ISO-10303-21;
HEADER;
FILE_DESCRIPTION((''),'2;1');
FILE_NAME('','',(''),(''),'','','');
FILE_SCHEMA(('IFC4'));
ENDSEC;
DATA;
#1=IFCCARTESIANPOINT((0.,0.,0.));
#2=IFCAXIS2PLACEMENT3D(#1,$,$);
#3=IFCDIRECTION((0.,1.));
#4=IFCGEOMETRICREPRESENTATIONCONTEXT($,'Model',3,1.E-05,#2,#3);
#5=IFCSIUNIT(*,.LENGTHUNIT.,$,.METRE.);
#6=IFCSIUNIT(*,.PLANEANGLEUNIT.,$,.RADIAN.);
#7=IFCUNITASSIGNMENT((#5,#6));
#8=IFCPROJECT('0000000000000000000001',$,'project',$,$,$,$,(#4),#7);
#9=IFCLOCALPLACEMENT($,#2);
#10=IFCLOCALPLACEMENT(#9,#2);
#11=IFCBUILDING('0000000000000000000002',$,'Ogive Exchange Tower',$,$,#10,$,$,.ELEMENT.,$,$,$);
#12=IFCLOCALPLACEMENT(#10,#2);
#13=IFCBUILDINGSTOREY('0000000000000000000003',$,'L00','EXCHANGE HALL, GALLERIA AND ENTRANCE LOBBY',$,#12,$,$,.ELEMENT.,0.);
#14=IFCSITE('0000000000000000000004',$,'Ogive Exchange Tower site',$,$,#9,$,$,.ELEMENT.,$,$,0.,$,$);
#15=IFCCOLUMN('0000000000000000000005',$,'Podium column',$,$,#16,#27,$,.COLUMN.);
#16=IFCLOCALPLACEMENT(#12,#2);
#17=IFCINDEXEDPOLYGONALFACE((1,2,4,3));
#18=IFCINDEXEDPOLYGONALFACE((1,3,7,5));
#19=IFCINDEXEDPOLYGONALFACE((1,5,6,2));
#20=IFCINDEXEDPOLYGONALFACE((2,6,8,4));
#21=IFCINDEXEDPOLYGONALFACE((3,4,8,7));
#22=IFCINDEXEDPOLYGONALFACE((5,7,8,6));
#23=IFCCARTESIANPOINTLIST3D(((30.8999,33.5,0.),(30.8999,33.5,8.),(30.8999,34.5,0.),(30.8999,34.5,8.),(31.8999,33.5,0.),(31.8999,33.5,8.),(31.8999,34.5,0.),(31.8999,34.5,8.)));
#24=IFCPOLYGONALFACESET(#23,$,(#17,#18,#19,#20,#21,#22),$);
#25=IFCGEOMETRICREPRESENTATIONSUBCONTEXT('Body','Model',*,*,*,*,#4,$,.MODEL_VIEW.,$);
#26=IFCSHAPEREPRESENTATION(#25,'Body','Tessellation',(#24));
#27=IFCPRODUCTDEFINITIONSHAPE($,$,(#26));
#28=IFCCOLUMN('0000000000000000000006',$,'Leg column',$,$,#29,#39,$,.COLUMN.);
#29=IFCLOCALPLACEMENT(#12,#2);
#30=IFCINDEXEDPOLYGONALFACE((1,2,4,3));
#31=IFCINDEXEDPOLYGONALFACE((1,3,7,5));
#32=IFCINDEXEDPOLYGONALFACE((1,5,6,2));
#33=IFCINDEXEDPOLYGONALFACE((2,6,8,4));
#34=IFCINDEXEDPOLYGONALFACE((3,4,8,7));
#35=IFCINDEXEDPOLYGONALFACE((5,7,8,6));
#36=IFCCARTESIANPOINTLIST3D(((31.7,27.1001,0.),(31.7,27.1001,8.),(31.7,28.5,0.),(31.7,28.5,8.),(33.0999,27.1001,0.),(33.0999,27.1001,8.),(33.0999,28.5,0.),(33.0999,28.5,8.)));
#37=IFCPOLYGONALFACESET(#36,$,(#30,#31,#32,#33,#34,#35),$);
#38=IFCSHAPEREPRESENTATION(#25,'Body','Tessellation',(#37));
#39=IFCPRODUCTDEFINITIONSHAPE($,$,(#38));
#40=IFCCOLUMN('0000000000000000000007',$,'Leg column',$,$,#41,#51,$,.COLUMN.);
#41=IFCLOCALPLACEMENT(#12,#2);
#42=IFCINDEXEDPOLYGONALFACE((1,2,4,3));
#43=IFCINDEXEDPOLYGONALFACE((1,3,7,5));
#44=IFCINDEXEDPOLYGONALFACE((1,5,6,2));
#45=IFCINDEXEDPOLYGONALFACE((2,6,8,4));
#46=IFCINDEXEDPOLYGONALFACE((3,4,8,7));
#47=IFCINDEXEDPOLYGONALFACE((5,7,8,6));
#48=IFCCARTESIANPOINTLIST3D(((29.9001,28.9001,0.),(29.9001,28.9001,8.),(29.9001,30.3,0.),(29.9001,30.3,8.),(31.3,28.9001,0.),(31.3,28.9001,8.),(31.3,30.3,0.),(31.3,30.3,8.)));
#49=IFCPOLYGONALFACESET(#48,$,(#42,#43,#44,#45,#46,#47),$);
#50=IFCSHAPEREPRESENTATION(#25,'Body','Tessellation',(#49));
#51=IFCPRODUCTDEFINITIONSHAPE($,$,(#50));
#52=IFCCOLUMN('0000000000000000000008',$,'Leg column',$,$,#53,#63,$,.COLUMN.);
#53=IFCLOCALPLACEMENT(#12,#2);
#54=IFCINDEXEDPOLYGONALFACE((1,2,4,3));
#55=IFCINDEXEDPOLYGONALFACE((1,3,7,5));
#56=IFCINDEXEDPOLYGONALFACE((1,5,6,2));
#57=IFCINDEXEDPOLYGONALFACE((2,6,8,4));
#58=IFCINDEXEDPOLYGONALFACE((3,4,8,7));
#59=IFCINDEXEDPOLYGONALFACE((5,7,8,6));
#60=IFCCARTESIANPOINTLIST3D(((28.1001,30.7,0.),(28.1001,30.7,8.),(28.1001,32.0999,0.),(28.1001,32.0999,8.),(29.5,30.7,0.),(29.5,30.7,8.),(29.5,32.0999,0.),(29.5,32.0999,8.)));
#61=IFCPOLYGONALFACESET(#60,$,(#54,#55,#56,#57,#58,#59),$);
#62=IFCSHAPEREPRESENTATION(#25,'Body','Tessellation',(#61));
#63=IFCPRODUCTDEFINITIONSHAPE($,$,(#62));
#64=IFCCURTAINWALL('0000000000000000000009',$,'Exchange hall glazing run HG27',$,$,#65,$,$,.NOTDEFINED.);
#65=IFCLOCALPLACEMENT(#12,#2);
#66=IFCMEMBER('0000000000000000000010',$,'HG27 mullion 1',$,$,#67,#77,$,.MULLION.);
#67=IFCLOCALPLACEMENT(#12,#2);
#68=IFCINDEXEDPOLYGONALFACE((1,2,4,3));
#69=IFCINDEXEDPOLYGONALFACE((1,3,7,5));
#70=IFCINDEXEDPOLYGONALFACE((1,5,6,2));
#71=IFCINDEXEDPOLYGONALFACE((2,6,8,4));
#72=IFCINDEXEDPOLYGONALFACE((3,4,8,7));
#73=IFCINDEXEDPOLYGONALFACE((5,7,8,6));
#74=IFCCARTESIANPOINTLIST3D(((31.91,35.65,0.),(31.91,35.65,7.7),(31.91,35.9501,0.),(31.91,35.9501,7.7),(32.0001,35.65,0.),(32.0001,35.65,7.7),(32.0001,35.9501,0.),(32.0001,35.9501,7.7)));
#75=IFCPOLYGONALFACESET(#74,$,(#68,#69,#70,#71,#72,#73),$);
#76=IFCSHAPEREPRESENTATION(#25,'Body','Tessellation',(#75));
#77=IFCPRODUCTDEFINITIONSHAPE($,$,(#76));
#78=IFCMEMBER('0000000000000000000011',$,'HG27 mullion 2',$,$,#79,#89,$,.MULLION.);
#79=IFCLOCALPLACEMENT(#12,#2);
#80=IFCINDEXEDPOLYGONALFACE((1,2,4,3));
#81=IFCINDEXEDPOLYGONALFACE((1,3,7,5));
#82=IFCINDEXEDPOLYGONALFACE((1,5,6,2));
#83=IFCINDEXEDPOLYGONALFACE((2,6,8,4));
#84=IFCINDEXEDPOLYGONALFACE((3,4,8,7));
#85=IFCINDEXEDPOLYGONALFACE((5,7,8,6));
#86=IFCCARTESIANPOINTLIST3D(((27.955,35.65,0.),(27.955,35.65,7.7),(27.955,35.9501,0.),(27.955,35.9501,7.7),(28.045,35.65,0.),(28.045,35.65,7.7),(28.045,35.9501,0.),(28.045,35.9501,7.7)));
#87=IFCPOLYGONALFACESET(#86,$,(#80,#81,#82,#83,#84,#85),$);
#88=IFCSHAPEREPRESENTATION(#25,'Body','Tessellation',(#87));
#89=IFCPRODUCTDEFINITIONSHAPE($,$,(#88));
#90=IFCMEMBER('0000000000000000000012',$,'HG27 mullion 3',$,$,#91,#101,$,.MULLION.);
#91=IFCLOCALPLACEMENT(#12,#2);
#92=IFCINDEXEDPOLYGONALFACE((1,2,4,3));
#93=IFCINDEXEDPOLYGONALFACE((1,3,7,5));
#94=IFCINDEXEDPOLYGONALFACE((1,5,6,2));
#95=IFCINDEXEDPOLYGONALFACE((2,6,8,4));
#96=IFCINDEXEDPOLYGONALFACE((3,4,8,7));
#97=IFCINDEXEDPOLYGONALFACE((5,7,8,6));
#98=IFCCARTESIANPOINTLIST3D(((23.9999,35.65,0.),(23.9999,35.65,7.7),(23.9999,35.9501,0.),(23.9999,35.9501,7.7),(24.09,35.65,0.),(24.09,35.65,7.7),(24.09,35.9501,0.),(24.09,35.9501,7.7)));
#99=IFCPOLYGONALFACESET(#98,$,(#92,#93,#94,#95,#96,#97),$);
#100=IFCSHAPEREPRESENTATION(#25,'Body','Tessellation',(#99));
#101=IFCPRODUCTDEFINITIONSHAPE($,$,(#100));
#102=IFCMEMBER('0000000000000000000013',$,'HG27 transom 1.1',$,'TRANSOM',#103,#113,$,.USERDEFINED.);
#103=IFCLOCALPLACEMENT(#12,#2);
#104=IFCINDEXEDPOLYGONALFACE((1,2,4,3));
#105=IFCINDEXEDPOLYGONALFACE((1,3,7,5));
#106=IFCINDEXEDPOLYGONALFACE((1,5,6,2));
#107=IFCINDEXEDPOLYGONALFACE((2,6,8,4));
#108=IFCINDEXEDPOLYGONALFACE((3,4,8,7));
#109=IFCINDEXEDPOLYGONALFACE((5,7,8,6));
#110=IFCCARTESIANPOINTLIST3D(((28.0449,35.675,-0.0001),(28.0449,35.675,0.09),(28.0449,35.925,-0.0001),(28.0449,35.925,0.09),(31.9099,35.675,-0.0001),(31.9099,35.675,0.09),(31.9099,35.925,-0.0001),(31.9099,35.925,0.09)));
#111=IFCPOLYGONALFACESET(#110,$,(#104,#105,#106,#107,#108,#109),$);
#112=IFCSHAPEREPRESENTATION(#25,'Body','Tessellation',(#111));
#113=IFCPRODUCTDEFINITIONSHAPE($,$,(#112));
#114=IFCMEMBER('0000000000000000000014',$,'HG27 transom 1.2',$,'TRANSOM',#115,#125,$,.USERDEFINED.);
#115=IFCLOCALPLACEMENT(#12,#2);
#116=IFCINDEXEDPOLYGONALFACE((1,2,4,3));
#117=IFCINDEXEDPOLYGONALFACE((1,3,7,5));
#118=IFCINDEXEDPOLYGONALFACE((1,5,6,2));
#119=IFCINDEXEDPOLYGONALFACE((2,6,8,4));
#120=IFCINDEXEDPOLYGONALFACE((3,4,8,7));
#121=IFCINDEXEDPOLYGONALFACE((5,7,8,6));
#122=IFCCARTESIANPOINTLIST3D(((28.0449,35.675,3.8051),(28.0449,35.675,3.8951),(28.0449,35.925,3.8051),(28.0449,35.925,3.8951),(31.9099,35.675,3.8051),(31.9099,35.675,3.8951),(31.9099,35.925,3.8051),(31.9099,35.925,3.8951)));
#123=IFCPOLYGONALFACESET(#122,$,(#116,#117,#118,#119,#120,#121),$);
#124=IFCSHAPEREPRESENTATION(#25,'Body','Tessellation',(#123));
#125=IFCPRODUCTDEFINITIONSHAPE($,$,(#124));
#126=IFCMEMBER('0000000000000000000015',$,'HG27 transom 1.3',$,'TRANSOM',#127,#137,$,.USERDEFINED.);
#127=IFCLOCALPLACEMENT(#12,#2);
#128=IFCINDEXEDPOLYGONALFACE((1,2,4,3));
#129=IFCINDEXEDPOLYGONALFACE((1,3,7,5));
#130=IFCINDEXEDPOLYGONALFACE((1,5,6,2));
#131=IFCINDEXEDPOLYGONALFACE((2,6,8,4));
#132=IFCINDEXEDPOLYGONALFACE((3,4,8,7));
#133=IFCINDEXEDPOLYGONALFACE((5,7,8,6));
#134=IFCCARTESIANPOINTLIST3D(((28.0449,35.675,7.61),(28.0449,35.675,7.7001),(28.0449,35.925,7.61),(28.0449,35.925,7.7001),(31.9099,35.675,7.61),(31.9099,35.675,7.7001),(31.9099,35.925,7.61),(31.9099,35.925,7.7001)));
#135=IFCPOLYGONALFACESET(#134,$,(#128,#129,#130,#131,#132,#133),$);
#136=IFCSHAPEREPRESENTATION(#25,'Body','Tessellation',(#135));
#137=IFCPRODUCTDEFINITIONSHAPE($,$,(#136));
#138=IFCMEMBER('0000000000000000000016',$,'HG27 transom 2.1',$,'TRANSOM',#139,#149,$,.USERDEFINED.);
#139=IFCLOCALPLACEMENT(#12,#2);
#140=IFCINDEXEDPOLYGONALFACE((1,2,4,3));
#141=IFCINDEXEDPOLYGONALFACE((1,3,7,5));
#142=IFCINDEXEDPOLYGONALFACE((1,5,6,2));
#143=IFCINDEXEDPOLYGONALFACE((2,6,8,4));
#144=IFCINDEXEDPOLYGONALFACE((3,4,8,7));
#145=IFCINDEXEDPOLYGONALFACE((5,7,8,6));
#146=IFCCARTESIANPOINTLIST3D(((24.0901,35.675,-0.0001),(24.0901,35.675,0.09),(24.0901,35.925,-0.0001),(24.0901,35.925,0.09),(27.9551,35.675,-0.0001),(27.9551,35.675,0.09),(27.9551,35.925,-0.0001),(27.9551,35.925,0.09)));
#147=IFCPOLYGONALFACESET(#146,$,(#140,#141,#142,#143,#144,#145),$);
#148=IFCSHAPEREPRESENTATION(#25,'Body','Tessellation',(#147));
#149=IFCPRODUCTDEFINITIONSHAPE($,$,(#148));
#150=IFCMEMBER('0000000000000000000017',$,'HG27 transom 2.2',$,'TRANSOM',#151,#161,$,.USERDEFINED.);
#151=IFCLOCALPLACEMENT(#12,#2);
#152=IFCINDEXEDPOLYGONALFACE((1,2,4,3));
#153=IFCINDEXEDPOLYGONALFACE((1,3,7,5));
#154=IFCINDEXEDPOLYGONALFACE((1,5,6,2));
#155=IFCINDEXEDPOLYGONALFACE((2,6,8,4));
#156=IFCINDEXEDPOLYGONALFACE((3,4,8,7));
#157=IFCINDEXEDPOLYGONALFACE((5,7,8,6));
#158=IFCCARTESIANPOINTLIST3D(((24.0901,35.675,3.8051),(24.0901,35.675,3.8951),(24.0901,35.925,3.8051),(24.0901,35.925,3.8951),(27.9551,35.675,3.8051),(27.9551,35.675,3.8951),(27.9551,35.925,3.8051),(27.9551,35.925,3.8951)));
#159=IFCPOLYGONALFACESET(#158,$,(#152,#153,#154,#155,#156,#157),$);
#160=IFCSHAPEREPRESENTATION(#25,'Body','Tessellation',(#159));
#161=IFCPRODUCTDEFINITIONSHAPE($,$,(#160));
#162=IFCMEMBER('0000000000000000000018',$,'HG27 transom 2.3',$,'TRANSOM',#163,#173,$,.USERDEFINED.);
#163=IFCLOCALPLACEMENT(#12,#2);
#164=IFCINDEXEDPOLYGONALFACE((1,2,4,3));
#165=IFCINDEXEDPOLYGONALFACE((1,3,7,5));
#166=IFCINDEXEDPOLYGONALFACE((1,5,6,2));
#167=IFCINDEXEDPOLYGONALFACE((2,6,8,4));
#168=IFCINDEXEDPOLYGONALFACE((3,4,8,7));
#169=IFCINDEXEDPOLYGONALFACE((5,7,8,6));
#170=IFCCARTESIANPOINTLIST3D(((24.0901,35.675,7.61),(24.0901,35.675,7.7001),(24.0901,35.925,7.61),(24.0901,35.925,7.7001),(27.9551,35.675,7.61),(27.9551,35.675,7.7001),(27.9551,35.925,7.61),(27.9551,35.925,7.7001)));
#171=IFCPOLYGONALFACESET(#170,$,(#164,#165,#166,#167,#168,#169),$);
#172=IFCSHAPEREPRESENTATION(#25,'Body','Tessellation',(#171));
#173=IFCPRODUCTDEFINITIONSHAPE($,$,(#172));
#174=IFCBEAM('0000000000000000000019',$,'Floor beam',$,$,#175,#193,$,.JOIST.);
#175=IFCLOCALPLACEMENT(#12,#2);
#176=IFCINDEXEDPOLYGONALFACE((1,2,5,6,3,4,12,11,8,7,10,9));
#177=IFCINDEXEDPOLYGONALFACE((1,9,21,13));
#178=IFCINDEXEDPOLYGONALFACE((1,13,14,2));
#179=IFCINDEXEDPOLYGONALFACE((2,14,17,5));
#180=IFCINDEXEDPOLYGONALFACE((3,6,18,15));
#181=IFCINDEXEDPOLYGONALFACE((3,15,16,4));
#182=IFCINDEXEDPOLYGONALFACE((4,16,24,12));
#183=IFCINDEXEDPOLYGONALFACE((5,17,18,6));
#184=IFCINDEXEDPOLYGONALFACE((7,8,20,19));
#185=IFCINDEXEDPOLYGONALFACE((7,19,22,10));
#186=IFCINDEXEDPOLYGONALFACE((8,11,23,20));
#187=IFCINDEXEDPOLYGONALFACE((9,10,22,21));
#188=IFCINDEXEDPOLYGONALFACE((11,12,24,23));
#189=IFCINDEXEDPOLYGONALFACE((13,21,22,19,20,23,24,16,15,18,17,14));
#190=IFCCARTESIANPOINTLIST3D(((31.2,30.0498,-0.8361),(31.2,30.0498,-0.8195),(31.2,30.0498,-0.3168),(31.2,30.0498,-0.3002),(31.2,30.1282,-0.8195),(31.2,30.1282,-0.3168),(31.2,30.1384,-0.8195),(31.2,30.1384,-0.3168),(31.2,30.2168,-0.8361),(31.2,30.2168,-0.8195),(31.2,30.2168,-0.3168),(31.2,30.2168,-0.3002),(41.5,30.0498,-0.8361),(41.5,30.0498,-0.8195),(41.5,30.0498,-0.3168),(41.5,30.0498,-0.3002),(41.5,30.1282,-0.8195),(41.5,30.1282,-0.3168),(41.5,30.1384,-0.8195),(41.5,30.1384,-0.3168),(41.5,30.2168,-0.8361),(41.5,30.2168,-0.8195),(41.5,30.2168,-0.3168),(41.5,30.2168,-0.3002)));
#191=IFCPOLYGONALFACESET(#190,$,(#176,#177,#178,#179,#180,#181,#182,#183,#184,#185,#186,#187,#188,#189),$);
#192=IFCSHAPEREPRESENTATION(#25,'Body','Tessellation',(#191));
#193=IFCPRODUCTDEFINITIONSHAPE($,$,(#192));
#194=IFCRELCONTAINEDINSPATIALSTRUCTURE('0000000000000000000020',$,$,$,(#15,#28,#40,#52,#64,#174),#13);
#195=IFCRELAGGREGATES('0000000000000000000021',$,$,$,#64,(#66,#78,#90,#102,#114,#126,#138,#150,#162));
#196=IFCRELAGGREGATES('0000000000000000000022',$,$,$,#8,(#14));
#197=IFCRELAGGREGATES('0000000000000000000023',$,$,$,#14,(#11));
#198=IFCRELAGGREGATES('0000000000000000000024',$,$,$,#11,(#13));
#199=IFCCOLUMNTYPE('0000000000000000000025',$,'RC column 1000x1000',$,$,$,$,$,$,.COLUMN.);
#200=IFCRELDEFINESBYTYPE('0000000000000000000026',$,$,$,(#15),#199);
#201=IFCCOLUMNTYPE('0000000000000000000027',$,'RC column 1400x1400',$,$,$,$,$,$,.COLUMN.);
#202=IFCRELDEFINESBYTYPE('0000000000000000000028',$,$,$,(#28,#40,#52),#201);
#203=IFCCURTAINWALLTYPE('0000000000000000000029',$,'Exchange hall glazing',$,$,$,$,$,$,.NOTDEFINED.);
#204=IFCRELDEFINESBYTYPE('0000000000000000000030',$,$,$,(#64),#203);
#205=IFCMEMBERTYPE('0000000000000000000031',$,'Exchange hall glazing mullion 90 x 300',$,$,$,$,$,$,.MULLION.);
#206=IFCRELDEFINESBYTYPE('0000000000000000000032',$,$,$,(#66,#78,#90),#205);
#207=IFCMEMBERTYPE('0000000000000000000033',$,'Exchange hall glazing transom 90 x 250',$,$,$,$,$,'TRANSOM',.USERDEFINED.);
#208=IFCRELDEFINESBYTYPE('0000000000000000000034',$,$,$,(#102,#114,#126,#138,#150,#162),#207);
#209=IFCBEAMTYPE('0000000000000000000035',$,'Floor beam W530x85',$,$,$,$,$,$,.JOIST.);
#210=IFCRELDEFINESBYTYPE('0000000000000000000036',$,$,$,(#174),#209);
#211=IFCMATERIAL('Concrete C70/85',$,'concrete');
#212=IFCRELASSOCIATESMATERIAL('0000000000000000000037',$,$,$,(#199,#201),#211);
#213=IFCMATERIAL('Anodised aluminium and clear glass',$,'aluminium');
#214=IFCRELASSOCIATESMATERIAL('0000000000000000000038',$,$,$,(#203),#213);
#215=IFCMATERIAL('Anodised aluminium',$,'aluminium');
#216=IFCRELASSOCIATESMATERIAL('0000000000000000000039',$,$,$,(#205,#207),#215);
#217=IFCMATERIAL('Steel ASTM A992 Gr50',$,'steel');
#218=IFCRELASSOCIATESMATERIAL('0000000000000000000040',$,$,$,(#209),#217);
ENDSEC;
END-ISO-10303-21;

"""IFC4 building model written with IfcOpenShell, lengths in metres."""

from ifc_helpers import new_model, si_unit, direction, frame, origin, origin_2d, place, context, subcontext, project, spatial, rectangle, i_section, extrude, material, material_profile, profile_set, type_object, element, aggregate, save


model = new_model("IFC4")

# Units and contexts
model_context = context("Model", 3, precision=1e-05, world=origin(), true_north=direction((0.0, 1.0)))
body_context = subcontext(model_context, "Body", "Model", "MODEL_VIEW")
ifc_project = project(units=[si_unit("LENGTHUNIT", "METRE"), si_unit("PLANEANGLEUNIT", "RADIAN")], contexts=[model_context])

# Site, building, storey
site_placement = place(None, origin())
site = spatial("IfcSite", under=ifc_project, at=site_placement, Name="Ogive Exchange Tower site", CompositionType="ELEMENT", RefElevation=0.0)
building_placement = place(site_placement, origin())
building = spatial("IfcBuilding", under=site, at=building_placement, Name="Ogive Exchange Tower", CompositionType="ELEMENT")
storey_placement = place(building_placement, origin())
storey = spatial("IfcBuildingStorey", under=building, at=storey_placement, Name="L00", Description="EXCHANGE HALL, GALLERIA AND ENTRANCE LOBBY", CompositionType="ELEMENT", Elevation=0.0)

# Columns
ifc_material_1 = material(Name="Concrete C70/85", Category="concrete")
ifc_material_profile_1 = material_profile(ifc_material_1, rectangle(XDim=1.0, YDim=1.0, at=origin_2d()), Name="RC 1000x1000")
ifc_profile_set_1 = profile_set([ifc_material_profile_1], Name="Concrete C70/85")
column_type_1 = type_object("IfcColumnType", Name="RC column 1000x1000", PredefinedType="COLUMN", material=ifc_profile_set_1)
column_placement = place(storey_placement, frame((31.3999, 34.0, 0.0), z_axis=(0.0, 0.0, 1.0), x_axis=(1.0, 0.0, 0.0)))
element("IfcColumn", 1, at=column_placement, inside=storey, type_object=column_type_1, Name="Podium column", PredefinedType="COLUMN", context=body_context, shape_type="SweptSolid", body=[
    extrude(rectangle(XDim=1.0, YDim=1.0, at=origin_2d()), origin(), (0.0, 0.0, 1.0), 8.0),
])
ifc_material_profile_2 = material_profile(ifc_material_1, rectangle(XDim=1.3999, YDim=1.3999, at=origin_2d()), Name="RC 1400x1400")
ifc_profile_set_2 = profile_set([ifc_material_profile_2], Name="Concrete C70/85")
column_type_2 = type_object("IfcColumnType", Name="RC column 1400x1400", PredefinedType="COLUMN", material=ifc_profile_set_2)
for number, where, z_axis, x_axis, name in (
    (2, (32.3999, 27.8, 0.0), (0.0, 0.0, 1.0), (1.0, 0.0, 0.0), "Leg column"),
    (3, (30.6001, 29.6001, 0.0), (0.0, 0.0, 1.0), (1.0, 0.0, 0.0), "Leg column"),
    (4, (28.8, 31.3999, 0.0), (0.0, 0.0, 1.0), (1.0, 0.0, 0.0), "Leg column"),
):
    element("IfcColumn", number, at=place(storey_placement, frame(where, z_axis=z_axis, x_axis=x_axis)), inside=storey, type_object=column_type_2, Name=name, PredefinedType="COLUMN", context=body_context, shape_type="SweptSolid", body=[
        extrude(rectangle(XDim=1.3999, YDim=1.3999, at=origin_2d()), origin(), (0.0, 0.0, 1.0), 8.0),
    ])

# Curtain wall, members
ifc_material_2 = material(Name="Anodised aluminium and clear glass", Category="aluminium")
curtain_wall_type = type_object("IfcCurtainWallType", Name="Exchange hall glazing", PredefinedType="NOTDEFINED", material=ifc_material_2)
curtain_wall_placement = place(storey_placement, origin())
curtain_wall = element("IfcCurtainWall", 5, at=curtain_wall_placement, inside=storey, type_object=curtain_wall_type, Name="Exchange hall glazing run HG27", PredefinedType="NOTDEFINED")
ifc_material_3 = material(Name="Anodised aluminium", Category="aluminium")
ifc_material_profile_3 = material_profile(ifc_material_3, rectangle(XDim=0.3, YDim=0.0901, at=origin_2d()), Name="AL 90x300")
ifc_profile_set_3 = profile_set([ifc_material_profile_3], Name="Anodised aluminium")
member_type_1 = type_object("IfcMemberType", Name="Exchange hall glazing mullion 90 x 300", PredefinedType="MULLION", material=ifc_profile_set_3)
member_1_placement = place(storey_placement, frame((31.9551, 35.8, 0.0), z_axis=(0.0, 0.0, 1.0), x_axis=(0.0, -1.0, 0.0)))
member_1 = element("IfcMember", 6, at=member_1_placement, type_object=member_type_1, Name="HG27 mullion 1", PredefinedType="MULLION", context=body_context, shape_type="SweptSolid", body=[
    extrude(rectangle(XDim=0.3, YDim=0.0901, at=origin_2d()), origin(), (0.0, 0.0, 1.0), 7.7),
])
member_2_placement = place(storey_placement, frame((28.0, 35.8, 0.0), z_axis=(0.0, 0.0, 1.0), x_axis=(0.0, -1.0, 0.0)))
member_2 = element("IfcMember", 7, at=member_2_placement, type_object=member_type_1, Name="HG27 mullion 2", PredefinedType="MULLION", context=body_context, shape_type="SweptSolid", body=[
    extrude(rectangle(XDim=0.3, YDim=0.0901, at=origin_2d()), origin(), (0.0, 0.0, 1.0), 7.7),
])
member_3_placement = place(storey_placement, frame((24.0449, 35.8, 0.0), z_axis=(0.0, 0.0, 1.0), x_axis=(0.0, -1.0, 0.0)))
member_3 = element("IfcMember", 8, at=member_3_placement, type_object=member_type_1, Name="HG27 mullion 3", PredefinedType="MULLION", context=body_context, shape_type="SweptSolid", body=[
    extrude(rectangle(XDim=0.3, YDim=0.0901, at=origin_2d()), origin(), (0.0, 0.0, 1.0), 7.7),
])
ifc_material_profile_4 = material_profile(ifc_material_3, rectangle(XDim=0.25, YDim=0.0901, at=origin_2d()), Name="AL 90x250")
ifc_profile_set_4 = profile_set([ifc_material_profile_4], Name="Anodised aluminium")
member_type_2 = type_object("IfcMemberType", Name="Exchange hall glazing transom 90 x 250", ElementType="TRANSOM", PredefinedType="USERDEFINED", material=ifc_profile_set_4)
member_4_placement = place(storey_placement, frame((31.9099, 35.8, 0.0449), z_axis=(-1.0, 0.0, 0.0), x_axis=(0.0, -1.0, 0.0)))
member_4 = element("IfcMember", 9, at=member_4_placement, type_object=member_type_2, Name="HG27 transom 1.1", ObjectType="TRANSOM", PredefinedType="USERDEFINED", context=body_context, shape_type="SweptSolid", body=[
    extrude(rectangle(XDim=0.25, YDim=0.0901, at=origin_2d()), origin(), (0.0, 0.0, 1.0), 3.865),
])
member_5_placement = place(storey_placement, frame((31.9099, 35.8, 3.8501), z_axis=(-1.0, 0.0, 0.0), x_axis=(0.0, -1.0, 0.0)))
member_5 = element("IfcMember", 10, at=member_5_placement, type_object=member_type_2, Name="HG27 transom 1.2", ObjectType="TRANSOM", PredefinedType="USERDEFINED", context=body_context, shape_type="SweptSolid", body=[
    extrude(rectangle(XDim=0.25, YDim=0.0901, at=origin_2d()), origin(), (0.0, 0.0, 1.0), 3.865),
])
member_6_placement = place(storey_placement, frame((31.9099, 35.8, 7.655), z_axis=(-1.0, 0.0, 0.0), x_axis=(0.0, -1.0, 0.0)))
member_6 = element("IfcMember", 11, at=member_6_placement, type_object=member_type_2, Name="HG27 transom 1.3", ObjectType="TRANSOM", PredefinedType="USERDEFINED", context=body_context, shape_type="SweptSolid", body=[
    extrude(rectangle(XDim=0.25, YDim=0.0901, at=origin_2d()), origin(), (0.0, 0.0, 1.0), 3.865),
])
member_7_placement = place(storey_placement, frame((27.9551, 35.8, 0.0449), z_axis=(-1.0, 0.0, 0.0), x_axis=(0.0, -1.0, 0.0)))
member_7 = element("IfcMember", 12, at=member_7_placement, type_object=member_type_2, Name="HG27 transom 2.1", ObjectType="TRANSOM", PredefinedType="USERDEFINED", context=body_context, shape_type="SweptSolid", body=[
    extrude(rectangle(XDim=0.25, YDim=0.0901, at=origin_2d()), origin(), (0.0, 0.0, 1.0), 3.865),
])
member_8_placement = place(storey_placement, frame((27.9551, 35.8, 3.8501), z_axis=(-1.0, 0.0, 0.0), x_axis=(0.0, -1.0, 0.0)))
member_8 = element("IfcMember", 13, at=member_8_placement, type_object=member_type_2, Name="HG27 transom 2.2", ObjectType="TRANSOM", PredefinedType="USERDEFINED", context=body_context, shape_type="SweptSolid", body=[
    extrude(rectangle(XDim=0.25, YDim=0.0901, at=origin_2d()), origin(), (0.0, 0.0, 1.0), 3.865),
])
member_9_placement = place(storey_placement, frame((27.9551, 35.8, 7.655), z_axis=(-1.0, 0.0, 0.0), x_axis=(0.0, -1.0, 0.0)))
member_9 = element("IfcMember", 14, at=member_9_placement, type_object=member_type_2, Name="HG27 transom 2.3", ObjectType="TRANSOM", PredefinedType="USERDEFINED", context=body_context, shape_type="SweptSolid", body=[
    extrude(rectangle(XDim=0.25, YDim=0.0901, at=origin_2d()), origin(), (0.0, 0.0, 1.0), 3.865),
])

# Beam
ifc_material_4 = material(Name="Steel ASTM A992 Gr50", Category="steel")
ifc_material_profile_5 = material_profile(ifc_material_4, i_section(OverallWidth=0.167, OverallDepth=0.5359, WebThickness=0.0103, FlangeThickness=0.0166, at=origin_2d()), Name="W530x85")
ifc_profile_set_5 = profile_set([ifc_material_profile_5], Name="Steel ASTM A992 Gr50")
beam_type_1 = type_object("IfcBeamType", Name="Floor beam W530x85", PredefinedType="JOIST", material=ifc_profile_set_5)
beam_1_placement = place(storey_placement, frame((31.2, 30.1333, -0.5681), z_axis=(1.0, 0.0, 0.0), x_axis=(0.0, 1.0, 0.0)))
element("IfcBeam", 15, at=beam_1_placement, inside=storey, type_object=beam_type_1, Name="Floor beam", PredefinedType="JOIST", context=body_context, shape_type="SweptSolid", body=[
    extrude(i_section(OverallWidth=0.167, OverallDepth=0.5359, WebThickness=0.0103, FlangeThickness=0.0166, at=origin_2d()), origin(), (0.0, 0.0, 1.0), 10.3),
])

aggregate(curtain_wall, [member_1, member_2, member_3, member_4, member_5, member_6, member_7, member_8, member_9])

save(model, "model.ifc")
